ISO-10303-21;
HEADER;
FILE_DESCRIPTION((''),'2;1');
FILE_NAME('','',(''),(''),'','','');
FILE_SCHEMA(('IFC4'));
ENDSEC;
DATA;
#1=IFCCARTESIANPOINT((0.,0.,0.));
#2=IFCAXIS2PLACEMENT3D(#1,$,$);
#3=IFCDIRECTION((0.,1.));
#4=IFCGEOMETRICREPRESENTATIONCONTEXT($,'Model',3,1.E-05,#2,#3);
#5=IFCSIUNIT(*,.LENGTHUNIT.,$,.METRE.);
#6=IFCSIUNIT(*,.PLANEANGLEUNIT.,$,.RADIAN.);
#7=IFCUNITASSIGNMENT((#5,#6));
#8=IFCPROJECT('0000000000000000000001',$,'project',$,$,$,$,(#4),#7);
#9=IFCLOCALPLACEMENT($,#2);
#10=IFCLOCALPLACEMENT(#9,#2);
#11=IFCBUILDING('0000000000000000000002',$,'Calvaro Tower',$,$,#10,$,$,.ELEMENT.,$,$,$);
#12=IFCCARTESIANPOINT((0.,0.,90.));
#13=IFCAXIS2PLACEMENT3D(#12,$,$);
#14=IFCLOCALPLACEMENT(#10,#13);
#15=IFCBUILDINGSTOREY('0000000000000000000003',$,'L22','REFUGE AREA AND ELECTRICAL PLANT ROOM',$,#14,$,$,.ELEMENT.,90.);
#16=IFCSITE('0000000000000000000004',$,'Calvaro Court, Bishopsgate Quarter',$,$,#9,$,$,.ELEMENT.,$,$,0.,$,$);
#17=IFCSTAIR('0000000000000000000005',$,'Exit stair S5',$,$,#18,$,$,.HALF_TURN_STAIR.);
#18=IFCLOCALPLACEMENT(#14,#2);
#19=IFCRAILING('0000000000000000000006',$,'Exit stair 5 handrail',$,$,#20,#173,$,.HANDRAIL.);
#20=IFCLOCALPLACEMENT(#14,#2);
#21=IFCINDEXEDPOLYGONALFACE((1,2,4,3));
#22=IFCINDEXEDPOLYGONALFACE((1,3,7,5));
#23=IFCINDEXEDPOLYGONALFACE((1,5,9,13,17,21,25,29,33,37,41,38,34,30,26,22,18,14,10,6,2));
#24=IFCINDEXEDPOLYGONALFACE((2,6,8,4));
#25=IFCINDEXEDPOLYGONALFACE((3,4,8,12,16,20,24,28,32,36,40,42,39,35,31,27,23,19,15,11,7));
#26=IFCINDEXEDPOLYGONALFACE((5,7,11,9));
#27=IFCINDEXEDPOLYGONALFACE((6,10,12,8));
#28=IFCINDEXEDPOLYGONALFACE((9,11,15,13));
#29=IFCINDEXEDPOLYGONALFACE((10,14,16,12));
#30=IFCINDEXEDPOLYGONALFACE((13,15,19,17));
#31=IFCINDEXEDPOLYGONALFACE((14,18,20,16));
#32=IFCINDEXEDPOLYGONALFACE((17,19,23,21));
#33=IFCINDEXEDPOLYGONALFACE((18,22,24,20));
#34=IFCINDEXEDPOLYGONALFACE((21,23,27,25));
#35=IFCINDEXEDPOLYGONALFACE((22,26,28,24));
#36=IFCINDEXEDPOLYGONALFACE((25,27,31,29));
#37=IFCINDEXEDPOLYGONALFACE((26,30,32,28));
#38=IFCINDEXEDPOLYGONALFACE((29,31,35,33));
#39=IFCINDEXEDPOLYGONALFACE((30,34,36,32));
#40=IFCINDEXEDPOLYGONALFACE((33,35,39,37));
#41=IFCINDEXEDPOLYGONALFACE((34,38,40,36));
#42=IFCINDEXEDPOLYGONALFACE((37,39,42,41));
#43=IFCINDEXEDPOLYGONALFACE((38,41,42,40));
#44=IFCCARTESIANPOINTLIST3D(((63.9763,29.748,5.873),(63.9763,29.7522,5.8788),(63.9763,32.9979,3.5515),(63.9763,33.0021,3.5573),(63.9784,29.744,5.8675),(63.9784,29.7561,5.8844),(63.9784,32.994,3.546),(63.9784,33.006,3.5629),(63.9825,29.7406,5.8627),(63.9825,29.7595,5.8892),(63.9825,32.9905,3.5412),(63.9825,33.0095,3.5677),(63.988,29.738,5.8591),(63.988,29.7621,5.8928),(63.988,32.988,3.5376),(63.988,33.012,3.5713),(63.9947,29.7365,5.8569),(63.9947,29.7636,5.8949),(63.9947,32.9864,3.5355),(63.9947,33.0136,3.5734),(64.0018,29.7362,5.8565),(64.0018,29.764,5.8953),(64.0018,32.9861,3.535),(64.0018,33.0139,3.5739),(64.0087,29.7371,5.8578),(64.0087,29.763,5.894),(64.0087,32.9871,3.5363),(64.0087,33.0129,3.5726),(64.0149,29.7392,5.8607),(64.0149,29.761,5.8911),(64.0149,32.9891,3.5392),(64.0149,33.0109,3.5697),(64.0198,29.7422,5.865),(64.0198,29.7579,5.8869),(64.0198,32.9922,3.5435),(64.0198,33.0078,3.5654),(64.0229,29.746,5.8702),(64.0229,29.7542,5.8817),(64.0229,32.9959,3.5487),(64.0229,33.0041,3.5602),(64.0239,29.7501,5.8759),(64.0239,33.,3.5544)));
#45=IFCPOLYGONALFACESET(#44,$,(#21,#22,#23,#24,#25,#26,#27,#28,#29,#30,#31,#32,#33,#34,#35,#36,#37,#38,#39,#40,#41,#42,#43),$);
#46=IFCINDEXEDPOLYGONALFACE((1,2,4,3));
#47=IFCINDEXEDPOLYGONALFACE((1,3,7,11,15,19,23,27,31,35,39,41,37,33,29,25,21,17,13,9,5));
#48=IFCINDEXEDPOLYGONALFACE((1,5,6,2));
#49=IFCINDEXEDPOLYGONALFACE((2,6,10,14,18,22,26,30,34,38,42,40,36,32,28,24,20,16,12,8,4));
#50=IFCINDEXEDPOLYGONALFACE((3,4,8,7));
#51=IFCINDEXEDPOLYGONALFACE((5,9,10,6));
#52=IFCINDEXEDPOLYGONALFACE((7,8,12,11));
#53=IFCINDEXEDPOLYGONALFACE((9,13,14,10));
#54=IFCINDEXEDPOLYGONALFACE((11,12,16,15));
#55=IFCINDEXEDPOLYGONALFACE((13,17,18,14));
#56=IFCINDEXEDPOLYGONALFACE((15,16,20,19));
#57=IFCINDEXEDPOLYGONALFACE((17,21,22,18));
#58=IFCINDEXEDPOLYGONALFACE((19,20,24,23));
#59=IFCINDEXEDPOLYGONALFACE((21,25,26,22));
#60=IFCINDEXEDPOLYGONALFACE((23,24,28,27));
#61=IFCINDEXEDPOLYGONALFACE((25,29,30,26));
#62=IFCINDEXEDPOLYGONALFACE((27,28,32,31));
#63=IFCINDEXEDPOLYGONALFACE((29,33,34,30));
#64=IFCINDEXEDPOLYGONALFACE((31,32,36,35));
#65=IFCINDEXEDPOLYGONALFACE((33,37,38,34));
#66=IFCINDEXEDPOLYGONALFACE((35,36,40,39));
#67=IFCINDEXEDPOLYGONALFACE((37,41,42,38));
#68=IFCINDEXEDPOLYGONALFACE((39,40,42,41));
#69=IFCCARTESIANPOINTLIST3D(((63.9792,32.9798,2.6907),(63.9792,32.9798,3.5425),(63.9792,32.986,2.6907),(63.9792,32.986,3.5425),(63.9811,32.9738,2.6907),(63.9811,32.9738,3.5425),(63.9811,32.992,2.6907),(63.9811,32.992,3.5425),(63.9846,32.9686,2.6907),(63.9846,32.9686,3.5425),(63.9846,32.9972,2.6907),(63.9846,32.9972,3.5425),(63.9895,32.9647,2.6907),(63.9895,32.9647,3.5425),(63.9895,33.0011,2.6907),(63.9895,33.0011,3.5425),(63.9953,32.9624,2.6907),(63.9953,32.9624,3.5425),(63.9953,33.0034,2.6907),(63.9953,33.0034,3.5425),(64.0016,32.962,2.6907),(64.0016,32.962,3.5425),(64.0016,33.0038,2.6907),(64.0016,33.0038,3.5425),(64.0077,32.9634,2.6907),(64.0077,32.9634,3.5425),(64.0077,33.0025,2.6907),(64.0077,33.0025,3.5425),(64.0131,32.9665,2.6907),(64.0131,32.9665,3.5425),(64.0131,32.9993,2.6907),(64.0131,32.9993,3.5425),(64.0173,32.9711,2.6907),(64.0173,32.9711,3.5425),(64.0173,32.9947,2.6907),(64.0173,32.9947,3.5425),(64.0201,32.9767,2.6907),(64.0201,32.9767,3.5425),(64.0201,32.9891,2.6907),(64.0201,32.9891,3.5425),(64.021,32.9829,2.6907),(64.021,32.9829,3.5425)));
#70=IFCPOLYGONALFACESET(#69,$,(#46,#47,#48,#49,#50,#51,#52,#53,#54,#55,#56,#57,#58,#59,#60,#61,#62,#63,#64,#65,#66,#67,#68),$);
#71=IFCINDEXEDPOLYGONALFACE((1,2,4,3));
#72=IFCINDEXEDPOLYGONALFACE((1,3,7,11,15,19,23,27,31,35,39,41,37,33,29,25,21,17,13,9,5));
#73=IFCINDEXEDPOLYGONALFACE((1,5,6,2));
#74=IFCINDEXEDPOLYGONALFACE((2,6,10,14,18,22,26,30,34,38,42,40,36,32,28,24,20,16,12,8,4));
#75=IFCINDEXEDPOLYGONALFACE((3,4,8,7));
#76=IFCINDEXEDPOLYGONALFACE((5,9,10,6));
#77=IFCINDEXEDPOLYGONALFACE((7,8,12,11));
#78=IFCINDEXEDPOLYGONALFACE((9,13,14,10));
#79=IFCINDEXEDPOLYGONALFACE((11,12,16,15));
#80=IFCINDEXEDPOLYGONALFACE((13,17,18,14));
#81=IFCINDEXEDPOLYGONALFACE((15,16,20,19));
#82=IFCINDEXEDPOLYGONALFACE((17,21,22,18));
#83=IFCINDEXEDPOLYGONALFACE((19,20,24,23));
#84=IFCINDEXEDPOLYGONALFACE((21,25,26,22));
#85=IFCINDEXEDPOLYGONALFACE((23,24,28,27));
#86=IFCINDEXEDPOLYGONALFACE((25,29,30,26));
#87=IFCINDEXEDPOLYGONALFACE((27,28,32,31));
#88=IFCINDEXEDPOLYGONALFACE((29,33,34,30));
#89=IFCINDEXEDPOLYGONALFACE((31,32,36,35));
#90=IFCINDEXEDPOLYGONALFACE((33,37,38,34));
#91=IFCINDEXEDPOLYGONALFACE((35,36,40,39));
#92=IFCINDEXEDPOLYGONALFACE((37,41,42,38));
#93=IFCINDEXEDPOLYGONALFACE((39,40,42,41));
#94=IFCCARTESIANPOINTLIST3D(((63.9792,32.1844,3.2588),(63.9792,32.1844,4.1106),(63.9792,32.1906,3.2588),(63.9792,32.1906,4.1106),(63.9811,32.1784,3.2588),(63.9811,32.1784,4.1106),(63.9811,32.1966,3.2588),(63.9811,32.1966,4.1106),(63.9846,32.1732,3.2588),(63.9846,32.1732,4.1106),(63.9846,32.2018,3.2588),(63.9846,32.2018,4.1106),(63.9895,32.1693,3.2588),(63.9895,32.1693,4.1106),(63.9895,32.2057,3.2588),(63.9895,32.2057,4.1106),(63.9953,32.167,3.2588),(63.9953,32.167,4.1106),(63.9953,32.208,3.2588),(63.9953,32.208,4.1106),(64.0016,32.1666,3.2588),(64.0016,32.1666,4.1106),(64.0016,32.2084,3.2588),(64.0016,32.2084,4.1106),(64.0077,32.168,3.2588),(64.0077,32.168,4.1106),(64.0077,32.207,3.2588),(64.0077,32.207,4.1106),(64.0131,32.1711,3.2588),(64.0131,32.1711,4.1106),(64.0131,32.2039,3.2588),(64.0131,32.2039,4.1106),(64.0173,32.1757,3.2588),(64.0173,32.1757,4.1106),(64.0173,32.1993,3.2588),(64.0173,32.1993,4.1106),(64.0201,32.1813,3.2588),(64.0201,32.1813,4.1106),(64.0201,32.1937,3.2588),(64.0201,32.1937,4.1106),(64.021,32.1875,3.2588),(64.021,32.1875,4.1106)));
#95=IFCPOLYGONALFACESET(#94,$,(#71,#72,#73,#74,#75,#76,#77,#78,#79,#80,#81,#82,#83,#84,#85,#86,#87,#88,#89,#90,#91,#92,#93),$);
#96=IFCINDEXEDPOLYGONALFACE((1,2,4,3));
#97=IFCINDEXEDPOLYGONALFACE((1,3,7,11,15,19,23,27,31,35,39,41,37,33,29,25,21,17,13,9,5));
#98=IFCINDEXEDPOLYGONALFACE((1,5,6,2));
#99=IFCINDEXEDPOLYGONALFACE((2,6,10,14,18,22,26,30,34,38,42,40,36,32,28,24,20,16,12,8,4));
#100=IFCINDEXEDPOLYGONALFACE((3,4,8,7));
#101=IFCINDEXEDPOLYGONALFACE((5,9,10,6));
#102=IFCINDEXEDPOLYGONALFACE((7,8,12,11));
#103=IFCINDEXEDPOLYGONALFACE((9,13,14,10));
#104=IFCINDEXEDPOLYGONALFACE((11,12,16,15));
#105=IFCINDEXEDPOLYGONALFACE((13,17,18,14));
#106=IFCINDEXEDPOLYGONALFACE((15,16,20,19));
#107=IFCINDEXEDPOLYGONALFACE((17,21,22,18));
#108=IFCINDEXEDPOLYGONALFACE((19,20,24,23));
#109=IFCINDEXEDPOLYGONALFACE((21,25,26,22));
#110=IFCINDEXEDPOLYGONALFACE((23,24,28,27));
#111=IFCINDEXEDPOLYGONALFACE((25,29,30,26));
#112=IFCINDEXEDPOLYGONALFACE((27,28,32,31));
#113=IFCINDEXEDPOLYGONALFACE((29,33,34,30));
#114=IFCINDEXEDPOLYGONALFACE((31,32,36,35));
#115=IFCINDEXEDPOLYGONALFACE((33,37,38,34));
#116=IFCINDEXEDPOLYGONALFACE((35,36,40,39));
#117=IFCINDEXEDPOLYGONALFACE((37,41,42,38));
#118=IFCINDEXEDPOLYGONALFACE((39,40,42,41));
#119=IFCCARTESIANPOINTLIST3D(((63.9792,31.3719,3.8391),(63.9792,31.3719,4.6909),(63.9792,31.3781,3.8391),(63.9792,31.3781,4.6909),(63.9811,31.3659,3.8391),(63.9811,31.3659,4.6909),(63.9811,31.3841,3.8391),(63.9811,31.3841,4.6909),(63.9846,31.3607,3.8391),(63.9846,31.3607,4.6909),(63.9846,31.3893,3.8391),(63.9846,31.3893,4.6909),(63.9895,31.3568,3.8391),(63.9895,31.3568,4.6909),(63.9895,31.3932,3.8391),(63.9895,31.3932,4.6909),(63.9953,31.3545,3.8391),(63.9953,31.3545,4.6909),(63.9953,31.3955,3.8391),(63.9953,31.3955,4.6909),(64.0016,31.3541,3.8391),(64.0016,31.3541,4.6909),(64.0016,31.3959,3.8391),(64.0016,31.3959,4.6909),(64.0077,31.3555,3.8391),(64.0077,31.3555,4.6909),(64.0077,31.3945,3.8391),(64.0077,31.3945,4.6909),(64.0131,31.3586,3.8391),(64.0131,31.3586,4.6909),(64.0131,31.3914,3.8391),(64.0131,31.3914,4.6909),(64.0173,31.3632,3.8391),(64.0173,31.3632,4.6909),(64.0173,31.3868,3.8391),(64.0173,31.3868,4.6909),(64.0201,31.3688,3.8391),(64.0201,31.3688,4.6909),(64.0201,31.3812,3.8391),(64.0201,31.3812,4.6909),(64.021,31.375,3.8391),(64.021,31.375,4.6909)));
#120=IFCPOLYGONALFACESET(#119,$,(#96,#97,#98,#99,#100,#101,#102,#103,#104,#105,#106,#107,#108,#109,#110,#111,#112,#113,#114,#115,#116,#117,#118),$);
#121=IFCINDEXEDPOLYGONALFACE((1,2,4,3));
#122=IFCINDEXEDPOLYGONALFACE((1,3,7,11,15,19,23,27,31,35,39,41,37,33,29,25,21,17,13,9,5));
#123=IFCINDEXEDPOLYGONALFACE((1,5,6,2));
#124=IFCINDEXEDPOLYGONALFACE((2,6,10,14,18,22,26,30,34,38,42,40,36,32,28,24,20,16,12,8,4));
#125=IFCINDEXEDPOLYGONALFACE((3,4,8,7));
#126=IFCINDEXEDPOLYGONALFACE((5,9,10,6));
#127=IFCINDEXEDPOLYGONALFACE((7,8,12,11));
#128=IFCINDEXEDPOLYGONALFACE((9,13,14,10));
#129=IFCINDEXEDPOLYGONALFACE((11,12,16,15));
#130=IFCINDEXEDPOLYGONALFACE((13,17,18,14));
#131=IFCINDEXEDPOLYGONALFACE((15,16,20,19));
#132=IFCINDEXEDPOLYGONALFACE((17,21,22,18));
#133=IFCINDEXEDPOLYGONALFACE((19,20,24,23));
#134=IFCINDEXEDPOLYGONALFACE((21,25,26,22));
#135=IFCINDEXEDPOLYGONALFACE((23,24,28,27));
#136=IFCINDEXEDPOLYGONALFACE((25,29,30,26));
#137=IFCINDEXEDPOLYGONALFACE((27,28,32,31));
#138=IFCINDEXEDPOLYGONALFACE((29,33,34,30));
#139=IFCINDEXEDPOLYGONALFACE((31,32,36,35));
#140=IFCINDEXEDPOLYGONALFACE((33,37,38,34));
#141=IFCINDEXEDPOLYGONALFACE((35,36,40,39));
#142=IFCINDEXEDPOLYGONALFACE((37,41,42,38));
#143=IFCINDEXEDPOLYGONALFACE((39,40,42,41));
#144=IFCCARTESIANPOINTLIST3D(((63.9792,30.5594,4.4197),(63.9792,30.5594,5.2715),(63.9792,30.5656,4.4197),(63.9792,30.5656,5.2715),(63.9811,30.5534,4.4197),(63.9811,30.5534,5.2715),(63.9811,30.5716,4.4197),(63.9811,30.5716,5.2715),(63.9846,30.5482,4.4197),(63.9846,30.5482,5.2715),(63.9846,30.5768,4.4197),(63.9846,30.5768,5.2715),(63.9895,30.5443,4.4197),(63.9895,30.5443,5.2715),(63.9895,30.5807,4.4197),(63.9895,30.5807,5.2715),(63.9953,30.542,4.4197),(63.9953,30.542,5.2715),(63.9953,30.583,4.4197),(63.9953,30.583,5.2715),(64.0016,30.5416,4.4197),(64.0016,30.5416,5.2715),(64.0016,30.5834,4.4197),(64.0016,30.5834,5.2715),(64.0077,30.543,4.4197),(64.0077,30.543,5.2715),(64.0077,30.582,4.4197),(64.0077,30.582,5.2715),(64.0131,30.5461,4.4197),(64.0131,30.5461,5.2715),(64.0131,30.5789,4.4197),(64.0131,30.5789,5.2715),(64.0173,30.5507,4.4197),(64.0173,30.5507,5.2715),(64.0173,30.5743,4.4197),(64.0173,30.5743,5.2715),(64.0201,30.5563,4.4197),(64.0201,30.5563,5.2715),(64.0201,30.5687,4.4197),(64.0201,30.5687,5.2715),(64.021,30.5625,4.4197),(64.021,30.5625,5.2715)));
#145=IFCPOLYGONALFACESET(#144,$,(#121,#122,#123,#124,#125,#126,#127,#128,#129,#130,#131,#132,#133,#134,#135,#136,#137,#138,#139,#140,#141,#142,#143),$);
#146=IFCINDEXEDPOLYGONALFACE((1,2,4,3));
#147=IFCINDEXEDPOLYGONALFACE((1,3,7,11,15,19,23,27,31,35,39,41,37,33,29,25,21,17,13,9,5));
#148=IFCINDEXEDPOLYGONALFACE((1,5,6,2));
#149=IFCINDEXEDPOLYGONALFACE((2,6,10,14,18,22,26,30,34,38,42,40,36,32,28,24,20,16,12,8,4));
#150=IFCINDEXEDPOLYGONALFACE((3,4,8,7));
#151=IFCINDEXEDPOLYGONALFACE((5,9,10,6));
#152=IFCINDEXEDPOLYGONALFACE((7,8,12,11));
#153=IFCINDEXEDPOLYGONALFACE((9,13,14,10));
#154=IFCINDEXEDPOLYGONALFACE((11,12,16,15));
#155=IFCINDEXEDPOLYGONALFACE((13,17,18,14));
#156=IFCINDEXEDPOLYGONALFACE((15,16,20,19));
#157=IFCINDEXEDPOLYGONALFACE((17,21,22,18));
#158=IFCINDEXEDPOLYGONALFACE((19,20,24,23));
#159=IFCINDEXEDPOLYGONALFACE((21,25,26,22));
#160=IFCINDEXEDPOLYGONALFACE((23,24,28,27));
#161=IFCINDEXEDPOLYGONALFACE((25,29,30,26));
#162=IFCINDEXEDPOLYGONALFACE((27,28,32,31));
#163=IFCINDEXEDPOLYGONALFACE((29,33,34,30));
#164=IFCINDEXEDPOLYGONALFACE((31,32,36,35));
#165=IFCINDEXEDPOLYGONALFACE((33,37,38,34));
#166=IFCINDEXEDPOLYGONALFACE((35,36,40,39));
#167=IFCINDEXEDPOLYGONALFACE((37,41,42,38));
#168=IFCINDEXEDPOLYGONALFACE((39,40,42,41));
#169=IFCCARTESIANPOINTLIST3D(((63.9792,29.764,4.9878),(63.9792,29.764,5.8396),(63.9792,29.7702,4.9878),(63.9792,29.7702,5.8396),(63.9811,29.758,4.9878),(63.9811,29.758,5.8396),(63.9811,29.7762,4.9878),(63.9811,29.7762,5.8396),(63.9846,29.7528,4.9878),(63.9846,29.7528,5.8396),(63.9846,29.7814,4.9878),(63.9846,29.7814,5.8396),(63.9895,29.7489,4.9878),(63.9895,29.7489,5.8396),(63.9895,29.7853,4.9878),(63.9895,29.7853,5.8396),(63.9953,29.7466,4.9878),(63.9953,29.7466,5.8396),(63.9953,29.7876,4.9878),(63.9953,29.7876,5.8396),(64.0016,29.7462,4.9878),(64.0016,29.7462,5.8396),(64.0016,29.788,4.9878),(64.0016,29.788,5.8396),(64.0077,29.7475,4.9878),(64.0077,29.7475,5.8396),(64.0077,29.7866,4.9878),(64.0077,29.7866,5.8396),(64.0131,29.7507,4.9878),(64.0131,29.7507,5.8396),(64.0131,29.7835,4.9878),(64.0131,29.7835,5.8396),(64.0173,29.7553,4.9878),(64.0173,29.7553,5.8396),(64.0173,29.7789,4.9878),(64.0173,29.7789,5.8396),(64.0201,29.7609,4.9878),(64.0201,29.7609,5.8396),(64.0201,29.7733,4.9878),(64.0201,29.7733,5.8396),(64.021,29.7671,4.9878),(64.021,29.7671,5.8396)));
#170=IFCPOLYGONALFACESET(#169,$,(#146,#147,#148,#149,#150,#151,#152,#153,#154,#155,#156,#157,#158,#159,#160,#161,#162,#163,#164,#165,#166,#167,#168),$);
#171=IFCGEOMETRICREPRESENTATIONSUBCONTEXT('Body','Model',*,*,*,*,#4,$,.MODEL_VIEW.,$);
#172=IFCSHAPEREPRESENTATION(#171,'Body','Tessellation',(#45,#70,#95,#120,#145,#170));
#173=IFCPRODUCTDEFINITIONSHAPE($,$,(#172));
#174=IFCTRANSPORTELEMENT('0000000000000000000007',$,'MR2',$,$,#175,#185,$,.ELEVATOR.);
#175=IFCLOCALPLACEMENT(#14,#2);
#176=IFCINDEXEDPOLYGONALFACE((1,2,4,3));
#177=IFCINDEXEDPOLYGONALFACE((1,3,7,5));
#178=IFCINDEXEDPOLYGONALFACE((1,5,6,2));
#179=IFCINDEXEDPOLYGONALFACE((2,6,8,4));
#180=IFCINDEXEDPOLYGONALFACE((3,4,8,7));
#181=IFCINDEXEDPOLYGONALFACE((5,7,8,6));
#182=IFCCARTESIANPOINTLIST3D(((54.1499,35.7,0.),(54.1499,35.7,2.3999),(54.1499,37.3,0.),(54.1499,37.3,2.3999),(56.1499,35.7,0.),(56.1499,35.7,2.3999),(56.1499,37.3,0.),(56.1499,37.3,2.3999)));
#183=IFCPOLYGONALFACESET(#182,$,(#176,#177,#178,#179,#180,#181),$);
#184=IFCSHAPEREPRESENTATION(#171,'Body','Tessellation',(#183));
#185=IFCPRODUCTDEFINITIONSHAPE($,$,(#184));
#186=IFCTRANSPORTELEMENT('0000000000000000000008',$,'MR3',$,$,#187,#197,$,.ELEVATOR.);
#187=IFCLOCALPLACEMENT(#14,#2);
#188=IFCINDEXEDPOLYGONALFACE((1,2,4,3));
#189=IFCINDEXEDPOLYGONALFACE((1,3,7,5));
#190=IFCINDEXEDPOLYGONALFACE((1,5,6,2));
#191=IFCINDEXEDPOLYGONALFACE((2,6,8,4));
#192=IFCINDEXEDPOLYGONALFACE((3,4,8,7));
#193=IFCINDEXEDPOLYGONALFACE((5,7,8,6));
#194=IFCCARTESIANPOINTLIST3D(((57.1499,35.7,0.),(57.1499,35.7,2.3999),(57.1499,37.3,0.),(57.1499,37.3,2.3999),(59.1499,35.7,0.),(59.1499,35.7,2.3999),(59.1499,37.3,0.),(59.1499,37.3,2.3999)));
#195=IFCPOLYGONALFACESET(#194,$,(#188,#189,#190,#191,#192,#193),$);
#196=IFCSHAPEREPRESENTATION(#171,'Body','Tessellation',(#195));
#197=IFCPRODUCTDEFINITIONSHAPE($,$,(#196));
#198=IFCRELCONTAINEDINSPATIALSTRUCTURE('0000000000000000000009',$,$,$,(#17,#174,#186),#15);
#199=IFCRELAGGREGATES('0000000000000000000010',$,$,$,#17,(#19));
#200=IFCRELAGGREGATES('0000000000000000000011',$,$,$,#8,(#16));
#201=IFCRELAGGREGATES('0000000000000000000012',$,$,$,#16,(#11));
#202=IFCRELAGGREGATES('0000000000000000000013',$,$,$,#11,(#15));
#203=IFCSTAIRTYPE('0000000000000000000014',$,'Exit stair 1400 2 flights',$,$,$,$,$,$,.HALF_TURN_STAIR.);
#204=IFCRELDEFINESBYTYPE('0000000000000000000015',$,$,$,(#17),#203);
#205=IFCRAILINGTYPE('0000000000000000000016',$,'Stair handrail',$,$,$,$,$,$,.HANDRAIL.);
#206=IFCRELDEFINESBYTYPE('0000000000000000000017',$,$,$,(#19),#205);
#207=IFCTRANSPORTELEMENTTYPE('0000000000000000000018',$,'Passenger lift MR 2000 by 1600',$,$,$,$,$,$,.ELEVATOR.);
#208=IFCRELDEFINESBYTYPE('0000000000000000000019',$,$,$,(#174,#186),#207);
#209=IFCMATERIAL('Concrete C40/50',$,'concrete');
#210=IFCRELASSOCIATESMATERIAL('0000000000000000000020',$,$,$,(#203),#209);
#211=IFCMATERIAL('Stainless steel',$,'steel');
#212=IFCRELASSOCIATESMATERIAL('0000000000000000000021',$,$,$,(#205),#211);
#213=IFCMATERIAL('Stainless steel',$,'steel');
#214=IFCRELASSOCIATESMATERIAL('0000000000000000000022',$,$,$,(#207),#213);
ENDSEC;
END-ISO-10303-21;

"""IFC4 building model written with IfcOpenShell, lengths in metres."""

from ifc_helpers import new_model, si_unit, direction, frame, origin, origin_2d, place, context, subcontext, project, spatial, rectangle, circle, extrude, material, type_object, element, aggregate, save


model = new_model("IFC4")

# Units and contexts
model_context = context("Model", 3, precision=1e-05, world=origin(), true_north=direction((0.0, 1.0)))
body_context = subcontext(model_context, "Body", "Model", "MODEL_VIEW")
ifc_project = project(units=[si_unit("LENGTHUNIT", "METRE"), si_unit("PLANEANGLEUNIT", "RADIAN")], contexts=[model_context])

# Site, building, storey
site_placement = place(None, origin())
site = spatial("IfcSite", under=ifc_project, at=site_placement, Name="Calvaro Court, Bishopsgate Quarter", CompositionType="ELEMENT", RefElevation=0.0)
building_placement = place(site_placement, origin())
building = spatial("IfcBuilding", under=site, at=building_placement, Name="Calvaro Tower", CompositionType="ELEMENT")
storey_placement = place(building_placement, frame((0.0, 0.0, 90.0)))
storey = spatial("IfcBuildingStorey", under=building, at=storey_placement, Name="L22", Description="REFUGE AREA AND ELECTRICAL PLANT ROOM", CompositionType="ELEMENT", Elevation=90.0)

# Stair
ifc_material_1 = material(Name="Concrete C40/50", Category="concrete")
stair_type = type_object("IfcStairType", Name="Exit stair 1400 2 flights", PredefinedType="HALF_TURN_STAIR", material=ifc_material_1)
stair_placement = place(storey_placement, origin())
stair = element("IfcStair", 1, at=stair_placement, inside=storey, type_object=stair_type, Name="Exit stair S5", PredefinedType="HALF_TURN_STAIR")

# Railing
ifc_material_2 = material(Name="Stainless steel", Category="steel")
railing_type = type_object("IfcRailingType", Name="Stair handrail", PredefinedType="HANDRAIL", material=ifc_material_2)
railing_1_placement = place(storey_placement, frame((64.0, 33.0, 2.6785)))
railing_1 = element("IfcRailing", 2, at=railing_1_placement, type_object=railing_type, Name="Exit stair 5 handrail", PredefinedType="HANDRAIL", context=body_context, shape_type="SweptSolid", body=[
    extrude(circle(Radius=0.0239, at=origin_2d()), frame((0.0, 0.0, 0.876), z_axis=(0.0, -0.813721, 0.581256), x_axis=(1.0, 0.0, 0.0)), (0.0, 0.0, 1.0), 3.9939),
    extrude(circle(Radius=0.021, at=origin_2d()), frame((0.0, -0.0171, 0.0122)), (0.0, 0.0, 1.0), 0.8518),
    extrude(circle(Radius=0.021, at=origin_2d()), frame((0.0, -0.8125, 0.5803)), (0.0, 0.0, 1.0), 0.8518),
    extrude(circle(Radius=0.021, at=origin_2d()), frame((0.0, -1.625, 1.1606)), (0.0, 0.0, 1.0), 0.8518),
    extrude(circle(Radius=0.021, at=origin_2d()), frame((0.0, -2.4375, 1.7412)), (0.0, 0.0, 1.0), 0.8518),
    extrude(circle(Radius=0.021, at=origin_2d()), frame((0.0, -3.2329, 2.3093)), (0.0, 0.0, 1.0), 0.8518),
])
aggregate(stair, [railing_1])

# Transport elements
ifc_material_3 = material(Name="Stainless steel", Category="steel")
transport_element_type = type_object("IfcTransportElementType", Name="Passenger lift MR 2000 by 1600", PredefinedType="ELEVATOR", material=ifc_material_3)
for number, where, z_axis, x_axis, name in (
    (3, (55.1499, 36.5, 0.0), (0.0, 0.0, 1.0), (1.0, 0.0, 0.0), "MR2"),
    (4, (58.1499, 36.5, 0.0), (0.0, 0.0, 1.0), (1.0, 0.0, 0.0), "MR3"),
):
    element("IfcTransportElement", number, at=place(storey_placement, frame(where, z_axis=z_axis, x_axis=x_axis)), inside=storey, type_object=transport_element_type, Name=name, PredefinedType="ELEVATOR", context=body_context, shape_type="SweptSolid", body=[
        extrude(rectangle(XDim=2.0, YDim=1.6001, at=origin_2d()), origin(), (0.0, 0.0, 1.0), 2.3999),
    ])

save(model, "model.ifc")
